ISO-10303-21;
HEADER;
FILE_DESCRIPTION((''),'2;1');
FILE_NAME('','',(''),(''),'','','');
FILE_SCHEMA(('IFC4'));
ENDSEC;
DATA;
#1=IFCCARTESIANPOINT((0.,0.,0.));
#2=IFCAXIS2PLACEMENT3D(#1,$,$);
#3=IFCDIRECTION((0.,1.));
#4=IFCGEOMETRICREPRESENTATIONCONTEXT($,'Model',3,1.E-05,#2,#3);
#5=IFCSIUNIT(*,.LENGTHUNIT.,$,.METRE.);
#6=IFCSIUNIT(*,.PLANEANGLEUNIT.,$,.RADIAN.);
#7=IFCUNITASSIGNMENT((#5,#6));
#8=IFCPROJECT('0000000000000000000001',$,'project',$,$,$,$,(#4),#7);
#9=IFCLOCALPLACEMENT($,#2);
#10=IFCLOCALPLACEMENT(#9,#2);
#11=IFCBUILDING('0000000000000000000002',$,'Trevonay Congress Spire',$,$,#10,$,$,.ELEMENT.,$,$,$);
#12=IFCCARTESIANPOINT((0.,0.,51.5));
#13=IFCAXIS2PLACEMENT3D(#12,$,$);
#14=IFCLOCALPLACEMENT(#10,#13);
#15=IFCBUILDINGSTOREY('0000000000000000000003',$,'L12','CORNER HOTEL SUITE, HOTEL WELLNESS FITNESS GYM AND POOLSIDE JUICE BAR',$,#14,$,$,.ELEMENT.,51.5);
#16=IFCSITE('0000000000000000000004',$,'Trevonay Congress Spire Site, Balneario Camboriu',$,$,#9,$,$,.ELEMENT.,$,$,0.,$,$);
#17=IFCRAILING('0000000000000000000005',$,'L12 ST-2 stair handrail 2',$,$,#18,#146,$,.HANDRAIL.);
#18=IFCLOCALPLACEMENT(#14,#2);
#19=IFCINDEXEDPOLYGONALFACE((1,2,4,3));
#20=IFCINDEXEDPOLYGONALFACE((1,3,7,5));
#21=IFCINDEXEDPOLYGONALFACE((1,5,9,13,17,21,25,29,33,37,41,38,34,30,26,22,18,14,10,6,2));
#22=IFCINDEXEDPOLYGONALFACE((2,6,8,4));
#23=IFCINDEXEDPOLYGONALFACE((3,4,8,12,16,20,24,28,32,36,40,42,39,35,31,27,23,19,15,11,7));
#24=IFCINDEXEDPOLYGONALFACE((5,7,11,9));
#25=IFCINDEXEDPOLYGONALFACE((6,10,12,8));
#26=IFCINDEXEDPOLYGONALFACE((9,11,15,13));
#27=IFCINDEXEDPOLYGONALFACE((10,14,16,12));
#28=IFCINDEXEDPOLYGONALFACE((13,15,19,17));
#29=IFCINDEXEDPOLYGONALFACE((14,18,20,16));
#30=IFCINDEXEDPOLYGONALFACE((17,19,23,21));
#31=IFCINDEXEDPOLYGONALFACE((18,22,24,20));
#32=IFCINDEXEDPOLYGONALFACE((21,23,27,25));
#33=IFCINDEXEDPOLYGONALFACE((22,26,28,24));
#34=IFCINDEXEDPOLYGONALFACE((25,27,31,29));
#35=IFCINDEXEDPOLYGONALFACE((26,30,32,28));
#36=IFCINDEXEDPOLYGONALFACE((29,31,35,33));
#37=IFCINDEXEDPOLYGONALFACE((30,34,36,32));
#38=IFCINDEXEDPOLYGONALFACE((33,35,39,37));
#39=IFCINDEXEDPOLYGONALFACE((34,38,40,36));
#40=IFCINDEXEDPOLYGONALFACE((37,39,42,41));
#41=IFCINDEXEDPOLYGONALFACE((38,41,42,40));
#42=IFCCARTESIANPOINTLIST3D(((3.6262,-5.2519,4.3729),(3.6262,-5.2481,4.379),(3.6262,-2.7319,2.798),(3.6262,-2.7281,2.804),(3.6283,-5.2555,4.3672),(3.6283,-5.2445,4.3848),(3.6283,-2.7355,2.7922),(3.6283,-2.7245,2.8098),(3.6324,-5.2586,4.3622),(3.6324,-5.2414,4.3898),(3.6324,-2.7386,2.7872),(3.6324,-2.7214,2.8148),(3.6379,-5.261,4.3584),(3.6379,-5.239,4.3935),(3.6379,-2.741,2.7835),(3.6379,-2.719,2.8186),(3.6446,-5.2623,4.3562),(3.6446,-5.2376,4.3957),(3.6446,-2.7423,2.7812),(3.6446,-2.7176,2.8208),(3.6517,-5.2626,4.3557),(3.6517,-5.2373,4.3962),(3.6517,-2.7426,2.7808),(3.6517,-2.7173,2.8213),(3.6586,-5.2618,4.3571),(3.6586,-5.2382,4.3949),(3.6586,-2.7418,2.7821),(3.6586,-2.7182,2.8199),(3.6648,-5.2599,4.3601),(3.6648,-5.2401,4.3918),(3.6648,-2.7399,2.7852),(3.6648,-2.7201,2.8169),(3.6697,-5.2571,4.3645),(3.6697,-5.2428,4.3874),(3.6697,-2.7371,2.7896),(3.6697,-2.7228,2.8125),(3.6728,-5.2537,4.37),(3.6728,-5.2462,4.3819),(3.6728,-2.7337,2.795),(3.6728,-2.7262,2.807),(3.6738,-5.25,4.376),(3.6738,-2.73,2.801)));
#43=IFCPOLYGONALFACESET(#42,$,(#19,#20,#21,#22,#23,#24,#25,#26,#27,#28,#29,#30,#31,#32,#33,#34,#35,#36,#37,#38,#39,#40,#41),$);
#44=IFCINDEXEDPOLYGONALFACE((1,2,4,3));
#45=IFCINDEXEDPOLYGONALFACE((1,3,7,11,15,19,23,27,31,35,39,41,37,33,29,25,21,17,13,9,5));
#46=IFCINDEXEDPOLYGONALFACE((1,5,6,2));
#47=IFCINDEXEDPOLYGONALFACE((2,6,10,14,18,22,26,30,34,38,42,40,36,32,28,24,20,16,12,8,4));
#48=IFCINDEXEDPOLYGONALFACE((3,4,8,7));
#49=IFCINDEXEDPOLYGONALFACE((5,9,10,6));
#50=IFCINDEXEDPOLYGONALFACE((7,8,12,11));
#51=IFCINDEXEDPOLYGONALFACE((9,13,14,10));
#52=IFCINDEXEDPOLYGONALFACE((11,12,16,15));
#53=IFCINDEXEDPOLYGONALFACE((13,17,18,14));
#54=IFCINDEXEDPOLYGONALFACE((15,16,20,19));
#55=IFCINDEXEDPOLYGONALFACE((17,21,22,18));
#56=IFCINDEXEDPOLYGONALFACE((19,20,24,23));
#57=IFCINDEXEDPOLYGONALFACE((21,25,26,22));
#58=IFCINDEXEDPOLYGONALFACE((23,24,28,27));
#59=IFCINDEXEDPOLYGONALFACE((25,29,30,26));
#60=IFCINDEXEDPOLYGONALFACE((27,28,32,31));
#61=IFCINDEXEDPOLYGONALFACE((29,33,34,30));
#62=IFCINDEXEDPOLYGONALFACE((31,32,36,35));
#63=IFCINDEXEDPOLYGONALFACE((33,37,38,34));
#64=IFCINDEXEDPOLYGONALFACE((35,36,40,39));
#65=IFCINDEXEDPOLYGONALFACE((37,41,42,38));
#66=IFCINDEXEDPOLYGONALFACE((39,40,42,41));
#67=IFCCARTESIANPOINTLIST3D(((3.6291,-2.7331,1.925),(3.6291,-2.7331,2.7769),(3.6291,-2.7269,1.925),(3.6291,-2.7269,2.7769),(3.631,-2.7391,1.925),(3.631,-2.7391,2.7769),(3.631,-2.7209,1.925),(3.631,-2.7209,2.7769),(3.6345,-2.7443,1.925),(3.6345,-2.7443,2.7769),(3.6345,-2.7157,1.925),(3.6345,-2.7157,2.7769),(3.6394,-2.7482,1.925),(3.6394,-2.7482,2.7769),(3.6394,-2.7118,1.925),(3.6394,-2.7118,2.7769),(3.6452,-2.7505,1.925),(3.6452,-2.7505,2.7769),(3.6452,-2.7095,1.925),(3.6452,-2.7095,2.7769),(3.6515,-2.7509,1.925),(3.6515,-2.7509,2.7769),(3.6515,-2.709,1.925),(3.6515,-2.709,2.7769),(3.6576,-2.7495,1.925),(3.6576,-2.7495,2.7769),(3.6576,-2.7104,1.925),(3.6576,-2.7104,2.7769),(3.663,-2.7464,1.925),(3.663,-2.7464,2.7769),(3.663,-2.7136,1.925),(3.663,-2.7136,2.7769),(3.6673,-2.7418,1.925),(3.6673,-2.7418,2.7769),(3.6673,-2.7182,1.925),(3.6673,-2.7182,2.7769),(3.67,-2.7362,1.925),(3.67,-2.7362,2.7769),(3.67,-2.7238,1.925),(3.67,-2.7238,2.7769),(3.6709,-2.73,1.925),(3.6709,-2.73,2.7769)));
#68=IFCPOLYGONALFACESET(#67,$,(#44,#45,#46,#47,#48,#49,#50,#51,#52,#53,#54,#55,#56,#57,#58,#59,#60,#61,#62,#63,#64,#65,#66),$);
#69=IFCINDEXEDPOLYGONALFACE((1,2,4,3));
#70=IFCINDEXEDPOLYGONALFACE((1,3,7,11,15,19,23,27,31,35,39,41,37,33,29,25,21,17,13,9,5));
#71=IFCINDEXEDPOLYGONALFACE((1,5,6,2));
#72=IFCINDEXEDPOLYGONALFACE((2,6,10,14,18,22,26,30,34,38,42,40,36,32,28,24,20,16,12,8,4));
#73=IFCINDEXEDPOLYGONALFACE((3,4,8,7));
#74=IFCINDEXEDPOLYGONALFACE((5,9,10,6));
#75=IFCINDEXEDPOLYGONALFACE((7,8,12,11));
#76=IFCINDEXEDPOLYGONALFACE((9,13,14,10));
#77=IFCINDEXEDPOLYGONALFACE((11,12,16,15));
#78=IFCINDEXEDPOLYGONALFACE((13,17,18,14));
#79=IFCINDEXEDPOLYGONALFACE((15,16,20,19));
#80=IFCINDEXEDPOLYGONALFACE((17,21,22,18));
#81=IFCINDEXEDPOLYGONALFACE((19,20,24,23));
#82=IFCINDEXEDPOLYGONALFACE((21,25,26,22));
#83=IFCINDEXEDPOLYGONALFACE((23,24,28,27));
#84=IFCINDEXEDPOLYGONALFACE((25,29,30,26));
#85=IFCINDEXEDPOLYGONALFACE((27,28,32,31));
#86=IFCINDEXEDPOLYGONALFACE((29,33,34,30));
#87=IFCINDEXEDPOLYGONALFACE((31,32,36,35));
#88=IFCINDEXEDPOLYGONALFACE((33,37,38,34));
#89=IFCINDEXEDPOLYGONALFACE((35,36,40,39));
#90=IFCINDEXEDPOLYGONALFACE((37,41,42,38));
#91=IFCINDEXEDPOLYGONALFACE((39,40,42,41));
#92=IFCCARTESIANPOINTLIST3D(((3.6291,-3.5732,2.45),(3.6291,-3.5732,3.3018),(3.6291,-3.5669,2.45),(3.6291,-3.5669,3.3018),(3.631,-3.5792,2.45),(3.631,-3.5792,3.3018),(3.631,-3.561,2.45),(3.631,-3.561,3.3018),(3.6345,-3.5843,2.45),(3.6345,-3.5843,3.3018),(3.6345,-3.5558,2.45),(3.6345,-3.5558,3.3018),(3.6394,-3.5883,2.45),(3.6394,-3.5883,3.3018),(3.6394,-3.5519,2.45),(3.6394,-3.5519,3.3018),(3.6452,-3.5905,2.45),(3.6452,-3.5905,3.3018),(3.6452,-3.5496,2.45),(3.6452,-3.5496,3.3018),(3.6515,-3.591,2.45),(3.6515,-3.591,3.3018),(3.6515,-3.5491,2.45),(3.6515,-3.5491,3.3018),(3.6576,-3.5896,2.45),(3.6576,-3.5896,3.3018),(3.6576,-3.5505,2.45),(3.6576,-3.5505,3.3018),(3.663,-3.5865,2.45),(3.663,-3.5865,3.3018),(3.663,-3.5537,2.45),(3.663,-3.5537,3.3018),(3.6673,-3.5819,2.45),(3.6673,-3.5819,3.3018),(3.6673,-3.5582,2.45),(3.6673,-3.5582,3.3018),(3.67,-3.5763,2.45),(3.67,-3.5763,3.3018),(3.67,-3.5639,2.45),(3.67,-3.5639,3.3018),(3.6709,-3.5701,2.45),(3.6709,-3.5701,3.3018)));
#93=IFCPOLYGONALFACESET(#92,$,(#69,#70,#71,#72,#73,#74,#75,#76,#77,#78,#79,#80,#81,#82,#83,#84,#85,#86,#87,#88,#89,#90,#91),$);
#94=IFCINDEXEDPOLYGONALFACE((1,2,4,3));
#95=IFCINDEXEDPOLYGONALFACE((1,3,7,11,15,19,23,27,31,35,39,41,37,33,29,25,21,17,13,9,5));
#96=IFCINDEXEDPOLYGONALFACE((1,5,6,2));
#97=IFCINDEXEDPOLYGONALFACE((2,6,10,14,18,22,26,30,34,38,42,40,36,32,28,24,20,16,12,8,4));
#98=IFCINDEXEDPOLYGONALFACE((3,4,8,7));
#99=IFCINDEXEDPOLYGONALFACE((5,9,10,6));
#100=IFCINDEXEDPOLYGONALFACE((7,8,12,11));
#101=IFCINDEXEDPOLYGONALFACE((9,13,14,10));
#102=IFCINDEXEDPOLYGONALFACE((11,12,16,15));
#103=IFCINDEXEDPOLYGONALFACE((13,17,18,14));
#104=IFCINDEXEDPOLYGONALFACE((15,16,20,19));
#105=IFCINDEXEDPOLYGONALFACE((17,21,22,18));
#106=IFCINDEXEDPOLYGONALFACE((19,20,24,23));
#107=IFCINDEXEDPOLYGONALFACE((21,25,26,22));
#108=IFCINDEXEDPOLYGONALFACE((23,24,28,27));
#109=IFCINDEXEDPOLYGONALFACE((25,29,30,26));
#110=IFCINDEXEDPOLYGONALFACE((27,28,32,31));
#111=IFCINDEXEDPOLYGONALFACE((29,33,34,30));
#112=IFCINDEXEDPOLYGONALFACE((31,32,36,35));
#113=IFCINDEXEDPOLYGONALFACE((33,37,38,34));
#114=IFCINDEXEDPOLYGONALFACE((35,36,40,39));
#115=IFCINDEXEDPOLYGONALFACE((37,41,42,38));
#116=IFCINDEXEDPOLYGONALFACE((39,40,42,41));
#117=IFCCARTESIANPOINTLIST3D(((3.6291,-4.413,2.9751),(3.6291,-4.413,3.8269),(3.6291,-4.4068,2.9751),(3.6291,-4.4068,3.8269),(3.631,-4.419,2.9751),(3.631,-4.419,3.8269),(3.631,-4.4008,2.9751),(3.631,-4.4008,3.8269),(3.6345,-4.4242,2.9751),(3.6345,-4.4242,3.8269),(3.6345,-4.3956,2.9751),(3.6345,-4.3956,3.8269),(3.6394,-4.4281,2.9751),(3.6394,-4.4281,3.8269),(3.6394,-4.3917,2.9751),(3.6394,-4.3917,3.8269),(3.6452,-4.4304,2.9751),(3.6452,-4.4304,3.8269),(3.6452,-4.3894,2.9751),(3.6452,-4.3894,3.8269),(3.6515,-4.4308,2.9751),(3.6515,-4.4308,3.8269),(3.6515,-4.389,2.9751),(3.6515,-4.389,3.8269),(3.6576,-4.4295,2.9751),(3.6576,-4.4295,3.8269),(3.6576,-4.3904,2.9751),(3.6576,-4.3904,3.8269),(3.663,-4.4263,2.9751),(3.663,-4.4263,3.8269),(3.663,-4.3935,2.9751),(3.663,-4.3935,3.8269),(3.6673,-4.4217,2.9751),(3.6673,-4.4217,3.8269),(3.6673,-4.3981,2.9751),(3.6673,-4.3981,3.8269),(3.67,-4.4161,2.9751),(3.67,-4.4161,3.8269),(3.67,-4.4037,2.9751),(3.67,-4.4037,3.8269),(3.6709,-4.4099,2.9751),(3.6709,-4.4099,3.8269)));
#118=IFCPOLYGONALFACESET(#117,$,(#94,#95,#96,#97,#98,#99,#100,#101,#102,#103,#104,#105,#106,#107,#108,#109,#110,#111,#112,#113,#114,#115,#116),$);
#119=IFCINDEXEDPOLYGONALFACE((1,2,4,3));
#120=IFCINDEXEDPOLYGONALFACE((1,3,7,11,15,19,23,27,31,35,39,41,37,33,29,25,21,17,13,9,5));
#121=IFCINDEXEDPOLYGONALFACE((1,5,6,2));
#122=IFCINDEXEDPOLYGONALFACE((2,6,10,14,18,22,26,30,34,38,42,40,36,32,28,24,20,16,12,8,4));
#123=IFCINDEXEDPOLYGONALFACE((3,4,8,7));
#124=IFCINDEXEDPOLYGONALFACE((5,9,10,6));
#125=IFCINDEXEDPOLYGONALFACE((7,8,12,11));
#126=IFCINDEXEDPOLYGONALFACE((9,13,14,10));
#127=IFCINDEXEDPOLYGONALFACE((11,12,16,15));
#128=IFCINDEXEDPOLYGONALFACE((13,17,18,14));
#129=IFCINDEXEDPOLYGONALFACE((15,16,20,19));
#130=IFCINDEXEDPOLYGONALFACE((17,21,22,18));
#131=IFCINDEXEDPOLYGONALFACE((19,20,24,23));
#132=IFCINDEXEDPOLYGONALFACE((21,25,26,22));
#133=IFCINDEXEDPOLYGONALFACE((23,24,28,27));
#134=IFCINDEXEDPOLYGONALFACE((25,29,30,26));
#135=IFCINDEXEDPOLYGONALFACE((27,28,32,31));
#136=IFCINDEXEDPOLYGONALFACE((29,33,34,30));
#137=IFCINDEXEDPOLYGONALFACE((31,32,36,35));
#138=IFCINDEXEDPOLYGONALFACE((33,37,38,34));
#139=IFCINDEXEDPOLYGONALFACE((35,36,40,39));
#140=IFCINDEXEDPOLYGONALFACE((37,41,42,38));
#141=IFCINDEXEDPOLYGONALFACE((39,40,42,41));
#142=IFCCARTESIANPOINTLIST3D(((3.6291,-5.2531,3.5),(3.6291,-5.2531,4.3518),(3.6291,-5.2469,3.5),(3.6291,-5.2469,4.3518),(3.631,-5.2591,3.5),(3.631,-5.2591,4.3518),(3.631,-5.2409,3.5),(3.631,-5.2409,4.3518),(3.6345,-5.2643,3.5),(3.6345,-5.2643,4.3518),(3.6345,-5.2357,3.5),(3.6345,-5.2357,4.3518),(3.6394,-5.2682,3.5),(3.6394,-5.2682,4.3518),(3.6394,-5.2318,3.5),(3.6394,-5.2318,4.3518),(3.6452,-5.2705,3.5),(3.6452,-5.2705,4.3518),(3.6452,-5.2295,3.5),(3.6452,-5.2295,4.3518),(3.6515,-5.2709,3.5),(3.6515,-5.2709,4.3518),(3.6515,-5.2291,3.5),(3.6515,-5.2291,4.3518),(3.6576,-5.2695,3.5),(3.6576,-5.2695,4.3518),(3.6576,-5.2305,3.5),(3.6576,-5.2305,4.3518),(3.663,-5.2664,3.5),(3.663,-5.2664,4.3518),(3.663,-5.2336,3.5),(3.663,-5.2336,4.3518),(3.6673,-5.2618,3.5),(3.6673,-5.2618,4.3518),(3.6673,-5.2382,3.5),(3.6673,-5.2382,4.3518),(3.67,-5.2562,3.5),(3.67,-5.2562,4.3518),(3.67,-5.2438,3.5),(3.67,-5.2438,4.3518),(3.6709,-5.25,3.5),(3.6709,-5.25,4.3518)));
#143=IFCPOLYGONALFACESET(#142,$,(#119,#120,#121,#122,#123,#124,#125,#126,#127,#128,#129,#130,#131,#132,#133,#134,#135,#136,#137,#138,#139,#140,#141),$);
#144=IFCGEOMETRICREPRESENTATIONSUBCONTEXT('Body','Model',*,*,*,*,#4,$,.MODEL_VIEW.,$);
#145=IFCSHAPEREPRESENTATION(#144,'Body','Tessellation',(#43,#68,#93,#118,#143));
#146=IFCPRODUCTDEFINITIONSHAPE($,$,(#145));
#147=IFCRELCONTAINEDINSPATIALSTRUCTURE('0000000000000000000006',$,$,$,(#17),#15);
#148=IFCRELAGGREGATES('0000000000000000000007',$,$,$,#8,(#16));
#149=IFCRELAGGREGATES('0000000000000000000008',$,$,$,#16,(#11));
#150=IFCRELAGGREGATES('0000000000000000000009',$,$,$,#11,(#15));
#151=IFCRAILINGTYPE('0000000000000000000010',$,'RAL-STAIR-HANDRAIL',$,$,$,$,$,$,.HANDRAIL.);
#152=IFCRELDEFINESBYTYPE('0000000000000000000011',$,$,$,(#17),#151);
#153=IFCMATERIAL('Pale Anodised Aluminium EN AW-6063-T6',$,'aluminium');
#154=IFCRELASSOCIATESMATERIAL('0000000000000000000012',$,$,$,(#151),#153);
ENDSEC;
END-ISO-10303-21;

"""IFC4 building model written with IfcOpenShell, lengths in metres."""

from ifc_helpers import new_model, si_unit, direction, frame, origin, origin_2d, place, context, subcontext, project, spatial, circle, extrude, material, type_object, element, save


model = new_model("IFC4")

# Units and contexts
model_context = context("Model", 3, precision=1e-05, world=origin(), true_north=direction((0.0, 1.0)))
body_context = subcontext(model_context, "Body", "Model", "MODEL_VIEW")
ifc_project = project(units=[si_unit("LENGTHUNIT", "METRE"), si_unit("PLANEANGLEUNIT", "RADIAN")], contexts=[model_context])

# Site, building, storey
site_placement = place(None, origin())
site = spatial("IfcSite", under=ifc_project, at=site_placement, Name="Trevonay Congress Spire Site, Balneario Camboriu", CompositionType="ELEMENT", RefElevation=0.0)
building_placement = place(site_placement, origin())
building = spatial("IfcBuilding", under=site, at=building_placement, Name="Trevonay Congress Spire", CompositionType="ELEMENT")
storey_placement = place(building_placement, frame((0.0, 0.0, 51.5)))
storey = spatial("IfcBuildingStorey", under=building, at=storey_placement, Name="L12", Description="CORNER HOTEL SUITE, HOTEL WELLNESS FITNESS GYM AND POOLSIDE JUICE BAR", CompositionType="ELEMENT", Elevation=51.5)

# Railing
ifc_material_1 = material(Name="Pale Anodised Aluminium EN AW-6063-T6", Category="aluminium")
railing_type_1 = type_object("IfcRailingType", Name="RAL-STAIR-HANDRAIL", PredefinedType="HANDRAIL", material=ifc_material_1)
railing_1_placement = place(storey_placement, frame((3.6499, -2.73, 1.925)))
element("IfcRailing", 1, at=railing_1_placement, inside=storey, type_object=railing_type_1, Name="L12 ST-2 stair handrail 2", PredefinedType="HANDRAIL", context=body_context, shape_type="SweptSolid", body=[
    extrude(circle(Radius=0.0239, at=origin_2d()), frame((0.0, 0.0, 0.876), z_axis=(0.0, -0.848008, 0.529984), x_axis=(1.0, 0.0, 0.0)), (0.0, 0.0, 1.0), 2.9717),
    extrude(circle(Radius=0.021, at=origin_2d()), origin(), (0.0, 0.0, 1.0), 0.8518),
    extrude(circle(Radius=0.021, at=origin_2d()), frame((0.0, -0.8401, 0.5249)), (0.0, 0.0, 1.0), 0.8518),
    extrude(circle(Radius=0.021, at=origin_2d()), frame((0.0, -1.6799, 1.05)), (0.0, 0.0, 1.0), 0.8518),
    extrude(circle(Radius=0.021, at=origin_2d()), frame((0.0, -2.52, 1.575)), (0.0, 0.0, 1.0), 0.8518),
])

save(model, "model.ifc")
